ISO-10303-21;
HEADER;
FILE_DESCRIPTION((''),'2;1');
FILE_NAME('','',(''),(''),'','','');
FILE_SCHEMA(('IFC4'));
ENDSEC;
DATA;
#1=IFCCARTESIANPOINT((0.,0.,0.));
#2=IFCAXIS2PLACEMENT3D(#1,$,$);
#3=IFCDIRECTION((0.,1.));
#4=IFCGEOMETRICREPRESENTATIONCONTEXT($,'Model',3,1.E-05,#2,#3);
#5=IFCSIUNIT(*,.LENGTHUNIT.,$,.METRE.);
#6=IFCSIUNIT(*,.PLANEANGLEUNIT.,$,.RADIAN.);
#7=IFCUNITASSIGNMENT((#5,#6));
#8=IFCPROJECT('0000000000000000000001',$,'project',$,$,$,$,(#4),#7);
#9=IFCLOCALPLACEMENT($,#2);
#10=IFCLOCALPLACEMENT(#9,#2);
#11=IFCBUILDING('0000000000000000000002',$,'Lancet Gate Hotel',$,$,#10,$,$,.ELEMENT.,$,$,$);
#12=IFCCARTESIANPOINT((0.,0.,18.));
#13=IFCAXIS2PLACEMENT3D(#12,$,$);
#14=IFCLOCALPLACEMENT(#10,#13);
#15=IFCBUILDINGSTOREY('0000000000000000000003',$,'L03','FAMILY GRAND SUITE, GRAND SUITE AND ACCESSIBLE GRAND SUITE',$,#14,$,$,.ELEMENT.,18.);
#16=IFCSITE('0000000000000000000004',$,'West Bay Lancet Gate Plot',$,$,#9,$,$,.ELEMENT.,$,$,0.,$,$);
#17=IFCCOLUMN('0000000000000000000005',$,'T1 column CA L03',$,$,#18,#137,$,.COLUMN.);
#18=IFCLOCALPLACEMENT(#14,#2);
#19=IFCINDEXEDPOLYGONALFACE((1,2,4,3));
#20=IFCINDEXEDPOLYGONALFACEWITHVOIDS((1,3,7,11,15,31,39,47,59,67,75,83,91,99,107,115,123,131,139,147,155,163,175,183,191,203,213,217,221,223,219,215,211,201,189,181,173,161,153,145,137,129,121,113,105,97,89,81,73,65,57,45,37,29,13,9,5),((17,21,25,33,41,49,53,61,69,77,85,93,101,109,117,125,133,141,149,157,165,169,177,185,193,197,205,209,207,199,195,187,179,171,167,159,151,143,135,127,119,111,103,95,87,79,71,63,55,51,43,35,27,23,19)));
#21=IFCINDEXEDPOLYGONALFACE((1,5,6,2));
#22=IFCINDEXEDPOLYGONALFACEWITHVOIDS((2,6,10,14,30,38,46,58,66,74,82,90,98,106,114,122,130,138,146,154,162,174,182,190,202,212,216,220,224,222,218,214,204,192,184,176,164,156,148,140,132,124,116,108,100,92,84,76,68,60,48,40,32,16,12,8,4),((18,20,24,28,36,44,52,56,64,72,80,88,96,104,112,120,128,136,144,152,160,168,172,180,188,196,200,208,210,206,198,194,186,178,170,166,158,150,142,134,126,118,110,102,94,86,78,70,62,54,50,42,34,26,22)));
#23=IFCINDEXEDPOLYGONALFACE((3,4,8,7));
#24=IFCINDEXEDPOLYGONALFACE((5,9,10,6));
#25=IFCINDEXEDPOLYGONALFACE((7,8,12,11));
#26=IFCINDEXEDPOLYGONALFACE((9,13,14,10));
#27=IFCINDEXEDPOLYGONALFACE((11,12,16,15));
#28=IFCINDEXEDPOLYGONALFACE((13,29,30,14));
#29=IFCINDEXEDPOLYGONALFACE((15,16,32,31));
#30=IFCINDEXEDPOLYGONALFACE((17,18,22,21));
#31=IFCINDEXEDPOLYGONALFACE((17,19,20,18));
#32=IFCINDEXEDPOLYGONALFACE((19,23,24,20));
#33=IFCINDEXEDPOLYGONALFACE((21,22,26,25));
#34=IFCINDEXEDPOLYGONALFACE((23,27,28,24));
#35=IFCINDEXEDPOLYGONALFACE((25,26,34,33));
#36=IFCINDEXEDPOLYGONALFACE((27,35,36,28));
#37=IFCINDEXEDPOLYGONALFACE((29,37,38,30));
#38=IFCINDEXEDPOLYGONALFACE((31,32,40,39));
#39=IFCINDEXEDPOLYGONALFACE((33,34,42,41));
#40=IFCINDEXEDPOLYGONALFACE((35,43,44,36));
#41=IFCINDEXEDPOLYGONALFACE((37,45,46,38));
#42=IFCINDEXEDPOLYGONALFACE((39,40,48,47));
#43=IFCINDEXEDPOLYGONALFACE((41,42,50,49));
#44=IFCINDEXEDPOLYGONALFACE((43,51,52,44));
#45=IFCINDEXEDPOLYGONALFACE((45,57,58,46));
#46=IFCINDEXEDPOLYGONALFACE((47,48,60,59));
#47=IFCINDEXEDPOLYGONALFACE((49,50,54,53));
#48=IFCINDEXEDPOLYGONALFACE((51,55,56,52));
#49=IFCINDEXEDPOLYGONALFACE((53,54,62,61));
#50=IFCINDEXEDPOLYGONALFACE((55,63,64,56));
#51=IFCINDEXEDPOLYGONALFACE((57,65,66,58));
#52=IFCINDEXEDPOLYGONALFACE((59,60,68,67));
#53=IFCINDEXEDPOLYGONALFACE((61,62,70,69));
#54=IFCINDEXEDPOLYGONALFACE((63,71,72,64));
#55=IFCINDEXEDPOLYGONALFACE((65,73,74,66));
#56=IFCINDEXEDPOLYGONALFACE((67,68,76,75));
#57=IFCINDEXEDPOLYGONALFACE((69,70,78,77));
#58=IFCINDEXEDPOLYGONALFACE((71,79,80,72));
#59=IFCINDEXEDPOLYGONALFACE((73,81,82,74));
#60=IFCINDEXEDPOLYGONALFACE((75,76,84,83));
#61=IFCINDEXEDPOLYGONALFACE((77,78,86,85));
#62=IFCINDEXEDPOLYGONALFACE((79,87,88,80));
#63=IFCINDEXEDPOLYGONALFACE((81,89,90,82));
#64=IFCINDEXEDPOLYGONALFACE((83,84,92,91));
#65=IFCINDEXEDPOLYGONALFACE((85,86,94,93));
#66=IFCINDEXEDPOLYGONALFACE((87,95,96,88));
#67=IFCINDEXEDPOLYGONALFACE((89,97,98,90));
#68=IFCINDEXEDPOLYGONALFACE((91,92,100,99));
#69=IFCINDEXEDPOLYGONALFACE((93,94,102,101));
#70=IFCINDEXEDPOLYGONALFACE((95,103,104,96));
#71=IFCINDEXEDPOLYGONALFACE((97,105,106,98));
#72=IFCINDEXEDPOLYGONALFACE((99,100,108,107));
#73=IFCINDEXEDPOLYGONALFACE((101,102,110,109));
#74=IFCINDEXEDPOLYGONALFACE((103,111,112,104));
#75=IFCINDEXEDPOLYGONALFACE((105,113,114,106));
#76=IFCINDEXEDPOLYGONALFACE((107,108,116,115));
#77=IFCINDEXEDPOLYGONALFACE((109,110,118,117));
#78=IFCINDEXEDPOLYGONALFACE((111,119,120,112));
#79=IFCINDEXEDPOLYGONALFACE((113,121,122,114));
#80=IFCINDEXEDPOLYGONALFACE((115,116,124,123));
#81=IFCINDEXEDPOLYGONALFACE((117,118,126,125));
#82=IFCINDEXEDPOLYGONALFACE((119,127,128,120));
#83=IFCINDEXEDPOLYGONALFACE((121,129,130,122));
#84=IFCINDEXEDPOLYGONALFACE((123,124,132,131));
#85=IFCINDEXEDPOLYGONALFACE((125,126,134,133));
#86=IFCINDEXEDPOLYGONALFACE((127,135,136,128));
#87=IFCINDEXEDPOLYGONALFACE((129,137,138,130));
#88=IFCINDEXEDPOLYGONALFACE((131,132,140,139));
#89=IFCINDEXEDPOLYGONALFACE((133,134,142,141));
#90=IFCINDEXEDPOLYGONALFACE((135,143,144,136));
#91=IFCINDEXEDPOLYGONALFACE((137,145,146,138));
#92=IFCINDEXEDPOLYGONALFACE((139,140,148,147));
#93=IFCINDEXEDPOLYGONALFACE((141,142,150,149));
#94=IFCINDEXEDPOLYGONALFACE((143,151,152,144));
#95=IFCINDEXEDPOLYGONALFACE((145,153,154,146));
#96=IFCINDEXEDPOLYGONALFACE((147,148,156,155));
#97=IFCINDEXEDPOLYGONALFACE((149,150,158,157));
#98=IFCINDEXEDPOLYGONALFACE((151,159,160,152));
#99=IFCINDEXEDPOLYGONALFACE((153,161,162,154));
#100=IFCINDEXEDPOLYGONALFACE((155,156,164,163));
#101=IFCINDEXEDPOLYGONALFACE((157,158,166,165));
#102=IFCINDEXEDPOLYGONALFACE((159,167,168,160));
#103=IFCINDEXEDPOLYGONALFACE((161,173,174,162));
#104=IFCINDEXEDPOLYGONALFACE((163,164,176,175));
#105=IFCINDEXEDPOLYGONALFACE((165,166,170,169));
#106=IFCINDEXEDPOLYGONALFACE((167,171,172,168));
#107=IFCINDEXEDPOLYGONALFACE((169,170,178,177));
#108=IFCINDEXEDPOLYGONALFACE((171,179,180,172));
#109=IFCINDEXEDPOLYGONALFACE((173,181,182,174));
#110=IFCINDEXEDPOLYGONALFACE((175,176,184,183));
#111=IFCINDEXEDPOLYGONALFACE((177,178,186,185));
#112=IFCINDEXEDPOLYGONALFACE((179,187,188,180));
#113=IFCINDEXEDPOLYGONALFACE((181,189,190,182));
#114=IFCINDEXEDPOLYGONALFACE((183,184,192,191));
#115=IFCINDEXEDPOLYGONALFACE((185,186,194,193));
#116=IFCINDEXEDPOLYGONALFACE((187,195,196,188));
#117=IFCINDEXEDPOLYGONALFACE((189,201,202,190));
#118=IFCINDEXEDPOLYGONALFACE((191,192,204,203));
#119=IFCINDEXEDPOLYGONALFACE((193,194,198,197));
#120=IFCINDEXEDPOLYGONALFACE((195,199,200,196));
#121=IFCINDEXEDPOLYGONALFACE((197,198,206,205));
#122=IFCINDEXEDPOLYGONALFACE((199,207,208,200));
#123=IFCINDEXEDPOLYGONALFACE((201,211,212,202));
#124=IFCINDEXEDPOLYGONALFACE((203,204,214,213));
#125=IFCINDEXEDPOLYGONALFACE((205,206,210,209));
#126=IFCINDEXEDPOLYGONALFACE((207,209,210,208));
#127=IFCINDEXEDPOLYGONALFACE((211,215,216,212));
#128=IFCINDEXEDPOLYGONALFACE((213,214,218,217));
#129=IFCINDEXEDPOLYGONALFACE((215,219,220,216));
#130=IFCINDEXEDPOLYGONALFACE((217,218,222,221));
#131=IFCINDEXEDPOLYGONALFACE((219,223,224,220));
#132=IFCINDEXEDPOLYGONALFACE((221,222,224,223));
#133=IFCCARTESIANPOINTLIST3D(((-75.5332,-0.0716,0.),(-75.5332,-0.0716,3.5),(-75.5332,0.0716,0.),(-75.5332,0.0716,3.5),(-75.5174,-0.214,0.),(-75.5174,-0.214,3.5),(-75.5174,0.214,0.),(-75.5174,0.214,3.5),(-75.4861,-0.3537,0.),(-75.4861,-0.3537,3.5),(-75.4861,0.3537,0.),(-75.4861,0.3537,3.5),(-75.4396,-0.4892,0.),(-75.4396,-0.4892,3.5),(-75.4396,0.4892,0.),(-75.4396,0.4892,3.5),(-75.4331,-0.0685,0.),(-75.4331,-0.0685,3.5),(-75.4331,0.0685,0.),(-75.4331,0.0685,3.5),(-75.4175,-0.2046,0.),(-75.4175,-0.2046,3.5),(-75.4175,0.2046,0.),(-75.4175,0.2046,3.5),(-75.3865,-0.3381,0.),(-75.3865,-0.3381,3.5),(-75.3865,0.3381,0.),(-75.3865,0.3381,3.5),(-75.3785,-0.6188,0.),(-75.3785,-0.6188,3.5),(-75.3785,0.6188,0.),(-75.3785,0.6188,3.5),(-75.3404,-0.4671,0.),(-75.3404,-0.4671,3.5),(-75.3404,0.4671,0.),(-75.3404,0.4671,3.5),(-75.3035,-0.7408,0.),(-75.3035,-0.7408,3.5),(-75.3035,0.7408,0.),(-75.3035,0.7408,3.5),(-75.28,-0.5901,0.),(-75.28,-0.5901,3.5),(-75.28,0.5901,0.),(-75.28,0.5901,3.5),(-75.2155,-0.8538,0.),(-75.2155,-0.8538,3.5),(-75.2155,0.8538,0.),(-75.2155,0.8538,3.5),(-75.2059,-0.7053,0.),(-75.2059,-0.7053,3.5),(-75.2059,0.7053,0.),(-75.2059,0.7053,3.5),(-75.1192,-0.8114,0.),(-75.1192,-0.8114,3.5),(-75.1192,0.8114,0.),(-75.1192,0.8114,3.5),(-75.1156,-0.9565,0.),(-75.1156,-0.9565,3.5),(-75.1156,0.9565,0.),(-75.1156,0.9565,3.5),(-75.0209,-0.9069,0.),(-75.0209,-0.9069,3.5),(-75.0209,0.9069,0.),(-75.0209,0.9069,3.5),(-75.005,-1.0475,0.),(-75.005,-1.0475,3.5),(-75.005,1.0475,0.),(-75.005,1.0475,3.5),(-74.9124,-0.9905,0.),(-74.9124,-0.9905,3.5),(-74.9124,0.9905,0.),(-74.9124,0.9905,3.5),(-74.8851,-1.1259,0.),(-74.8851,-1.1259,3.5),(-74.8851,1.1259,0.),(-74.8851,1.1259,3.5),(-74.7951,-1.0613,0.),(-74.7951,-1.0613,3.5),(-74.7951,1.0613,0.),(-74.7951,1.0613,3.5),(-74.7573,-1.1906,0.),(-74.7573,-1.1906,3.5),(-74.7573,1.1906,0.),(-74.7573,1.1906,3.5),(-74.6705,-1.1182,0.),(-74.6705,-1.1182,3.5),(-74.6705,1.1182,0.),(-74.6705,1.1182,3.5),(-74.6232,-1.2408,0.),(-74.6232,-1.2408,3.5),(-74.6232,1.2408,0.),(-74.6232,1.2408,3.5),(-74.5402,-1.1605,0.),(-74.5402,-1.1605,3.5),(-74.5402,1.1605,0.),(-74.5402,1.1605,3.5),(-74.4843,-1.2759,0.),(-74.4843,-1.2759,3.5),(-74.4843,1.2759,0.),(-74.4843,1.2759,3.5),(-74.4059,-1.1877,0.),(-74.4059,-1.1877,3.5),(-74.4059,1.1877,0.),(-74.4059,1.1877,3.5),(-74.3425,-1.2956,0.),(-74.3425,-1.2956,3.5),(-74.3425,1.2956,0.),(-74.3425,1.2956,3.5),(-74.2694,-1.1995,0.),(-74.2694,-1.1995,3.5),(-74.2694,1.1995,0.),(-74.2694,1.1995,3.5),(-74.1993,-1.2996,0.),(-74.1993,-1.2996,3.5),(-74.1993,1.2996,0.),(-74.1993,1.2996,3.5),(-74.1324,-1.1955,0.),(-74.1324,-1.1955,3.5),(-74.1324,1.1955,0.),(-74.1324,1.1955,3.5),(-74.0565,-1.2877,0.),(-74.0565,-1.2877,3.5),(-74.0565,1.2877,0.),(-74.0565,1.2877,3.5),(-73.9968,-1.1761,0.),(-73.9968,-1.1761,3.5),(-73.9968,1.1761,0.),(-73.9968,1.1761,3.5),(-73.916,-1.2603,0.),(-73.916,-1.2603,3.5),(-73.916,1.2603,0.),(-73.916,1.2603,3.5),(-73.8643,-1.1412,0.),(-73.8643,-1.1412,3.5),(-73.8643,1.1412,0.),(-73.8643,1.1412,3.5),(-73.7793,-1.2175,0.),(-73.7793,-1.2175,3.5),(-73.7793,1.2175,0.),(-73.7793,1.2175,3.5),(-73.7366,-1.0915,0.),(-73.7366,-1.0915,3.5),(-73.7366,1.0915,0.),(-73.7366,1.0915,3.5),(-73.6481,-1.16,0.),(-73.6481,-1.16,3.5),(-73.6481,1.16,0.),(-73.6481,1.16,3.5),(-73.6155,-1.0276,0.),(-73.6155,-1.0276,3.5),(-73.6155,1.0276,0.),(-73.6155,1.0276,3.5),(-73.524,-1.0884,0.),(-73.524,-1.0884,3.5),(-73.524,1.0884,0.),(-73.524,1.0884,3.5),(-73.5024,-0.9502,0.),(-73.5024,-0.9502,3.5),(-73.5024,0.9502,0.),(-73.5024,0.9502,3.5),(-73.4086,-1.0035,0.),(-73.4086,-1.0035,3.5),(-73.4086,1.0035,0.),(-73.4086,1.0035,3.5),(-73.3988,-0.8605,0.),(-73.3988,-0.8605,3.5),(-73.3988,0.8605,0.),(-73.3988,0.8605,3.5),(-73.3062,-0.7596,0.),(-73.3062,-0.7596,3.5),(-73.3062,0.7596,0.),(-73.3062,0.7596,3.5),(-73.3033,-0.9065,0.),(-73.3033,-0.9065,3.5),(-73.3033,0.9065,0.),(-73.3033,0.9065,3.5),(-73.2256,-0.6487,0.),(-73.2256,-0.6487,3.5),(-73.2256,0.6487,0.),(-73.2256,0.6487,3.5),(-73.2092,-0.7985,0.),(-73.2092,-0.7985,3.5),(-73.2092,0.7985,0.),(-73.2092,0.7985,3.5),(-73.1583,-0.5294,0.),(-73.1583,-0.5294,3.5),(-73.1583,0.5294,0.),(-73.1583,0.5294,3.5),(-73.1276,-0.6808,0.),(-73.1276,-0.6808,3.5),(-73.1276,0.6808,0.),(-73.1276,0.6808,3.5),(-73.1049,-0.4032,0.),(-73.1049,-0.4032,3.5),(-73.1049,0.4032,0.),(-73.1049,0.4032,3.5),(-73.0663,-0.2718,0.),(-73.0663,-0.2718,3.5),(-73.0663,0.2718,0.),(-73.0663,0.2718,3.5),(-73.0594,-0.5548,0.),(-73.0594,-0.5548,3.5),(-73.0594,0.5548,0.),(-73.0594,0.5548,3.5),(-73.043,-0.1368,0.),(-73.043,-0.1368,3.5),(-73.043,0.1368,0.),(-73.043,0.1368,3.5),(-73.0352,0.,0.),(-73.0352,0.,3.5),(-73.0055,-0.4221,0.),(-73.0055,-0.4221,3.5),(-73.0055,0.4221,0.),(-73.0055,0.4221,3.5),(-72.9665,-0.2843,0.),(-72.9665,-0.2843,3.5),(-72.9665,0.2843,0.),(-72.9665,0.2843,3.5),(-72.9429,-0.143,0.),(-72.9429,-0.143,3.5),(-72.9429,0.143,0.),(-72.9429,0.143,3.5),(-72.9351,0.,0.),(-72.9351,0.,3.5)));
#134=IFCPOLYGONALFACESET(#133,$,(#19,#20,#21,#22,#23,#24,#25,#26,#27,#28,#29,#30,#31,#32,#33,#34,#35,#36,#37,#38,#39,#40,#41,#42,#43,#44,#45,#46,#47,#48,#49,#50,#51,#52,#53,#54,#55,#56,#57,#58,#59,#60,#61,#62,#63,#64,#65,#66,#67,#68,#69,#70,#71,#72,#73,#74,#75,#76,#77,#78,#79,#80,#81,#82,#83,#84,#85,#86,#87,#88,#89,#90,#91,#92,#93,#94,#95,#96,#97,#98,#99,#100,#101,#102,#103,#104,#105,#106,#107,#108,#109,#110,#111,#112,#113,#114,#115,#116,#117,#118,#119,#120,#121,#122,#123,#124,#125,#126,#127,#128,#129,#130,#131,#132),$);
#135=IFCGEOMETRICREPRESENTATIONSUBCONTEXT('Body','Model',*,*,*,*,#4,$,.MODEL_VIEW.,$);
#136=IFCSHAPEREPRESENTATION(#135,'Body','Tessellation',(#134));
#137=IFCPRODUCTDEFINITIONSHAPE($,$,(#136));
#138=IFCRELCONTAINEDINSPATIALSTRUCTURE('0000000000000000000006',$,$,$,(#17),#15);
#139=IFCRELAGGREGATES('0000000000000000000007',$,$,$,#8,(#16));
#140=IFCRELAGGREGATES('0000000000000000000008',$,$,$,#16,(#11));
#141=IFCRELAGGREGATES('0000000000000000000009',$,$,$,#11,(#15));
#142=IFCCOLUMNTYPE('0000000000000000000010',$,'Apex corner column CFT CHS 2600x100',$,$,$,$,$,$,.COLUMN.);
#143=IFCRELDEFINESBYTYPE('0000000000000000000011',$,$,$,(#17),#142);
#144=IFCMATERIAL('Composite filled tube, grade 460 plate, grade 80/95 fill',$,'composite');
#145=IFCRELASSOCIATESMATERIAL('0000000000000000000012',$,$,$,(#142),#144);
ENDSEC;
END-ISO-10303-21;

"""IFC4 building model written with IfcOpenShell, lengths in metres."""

from ifc_helpers import new_model, si_unit, direction, frame, origin, origin_2d, place, context, subcontext, project, spatial, hollow_circle, extrude, material, material_profile, profile_set, type_object, element, save


model = new_model("IFC4")

# Units and contexts
model_context = context("Model", 3, precision=1e-05, world=origin(), true_north=direction((0.0, 1.0)))
body_context = subcontext(model_context, "Body", "Model", "MODEL_VIEW")
ifc_project = project(units=[si_unit("LENGTHUNIT", "METRE"), si_unit("PLANEANGLEUNIT", "RADIAN")], contexts=[model_context])

# Site, building, storey
site_placement = place(None, origin())
site = spatial("IfcSite", under=ifc_project, at=site_placement, Name="West Bay Lancet Gate Plot", CompositionType="ELEMENT", RefElevation=0.0)
building_placement = place(site_placement, origin())
building = spatial("IfcBuilding", under=site, at=building_placement, Name="Lancet Gate Hotel", CompositionType="ELEMENT")
storey_placement = place(building_placement, frame((0.0, 0.0, 18.0)))
storey = spatial("IfcBuildingStorey", under=building, at=storey_placement, Name="L03", Description="FAMILY GRAND SUITE, GRAND SUITE AND ACCESSIBLE GRAND SUITE", CompositionType="ELEMENT", Elevation=18.0)

# Column
ifc_material_1 = material(Name="Composite filled tube, grade 460 plate, grade 80/95 fill", Category="composite")
ifc_material_profile_1 = material_profile(ifc_material_1, hollow_circle(Radius=1.3, WallThickness=0.1001, at=origin_2d()), Name="CHS 2600x100")
ifc_profile_set_1 = profile_set([ifc_material_profile_1], Name="Composite filled tube, grade 460 plate, grade 80/95 fill")
column_type_1 = type_object("IfcColumnType", Name="Apex corner column CFT CHS 2600x100", PredefinedType="COLUMN", material=ifc_profile_set_1)
column_1_placement = place(storey_placement, frame((-74.2351, 0.0, 0.0), z_axis=(0.0, 0.0, 1.0), x_axis=(1.0, 0.0, 0.0)))
element("IfcColumn", 1, at=column_1_placement, inside=storey, type_object=column_type_1, Name="T1 column CA L03", PredefinedType="COLUMN", context=body_context, shape_type="SweptSolid", body=[
    extrude(hollow_circle(Radius=1.3, WallThickness=0.1001, at=origin_2d()), origin(), (0.0, 0.0, 1.0), 3.5),
])

save(model, "model.ifc")
